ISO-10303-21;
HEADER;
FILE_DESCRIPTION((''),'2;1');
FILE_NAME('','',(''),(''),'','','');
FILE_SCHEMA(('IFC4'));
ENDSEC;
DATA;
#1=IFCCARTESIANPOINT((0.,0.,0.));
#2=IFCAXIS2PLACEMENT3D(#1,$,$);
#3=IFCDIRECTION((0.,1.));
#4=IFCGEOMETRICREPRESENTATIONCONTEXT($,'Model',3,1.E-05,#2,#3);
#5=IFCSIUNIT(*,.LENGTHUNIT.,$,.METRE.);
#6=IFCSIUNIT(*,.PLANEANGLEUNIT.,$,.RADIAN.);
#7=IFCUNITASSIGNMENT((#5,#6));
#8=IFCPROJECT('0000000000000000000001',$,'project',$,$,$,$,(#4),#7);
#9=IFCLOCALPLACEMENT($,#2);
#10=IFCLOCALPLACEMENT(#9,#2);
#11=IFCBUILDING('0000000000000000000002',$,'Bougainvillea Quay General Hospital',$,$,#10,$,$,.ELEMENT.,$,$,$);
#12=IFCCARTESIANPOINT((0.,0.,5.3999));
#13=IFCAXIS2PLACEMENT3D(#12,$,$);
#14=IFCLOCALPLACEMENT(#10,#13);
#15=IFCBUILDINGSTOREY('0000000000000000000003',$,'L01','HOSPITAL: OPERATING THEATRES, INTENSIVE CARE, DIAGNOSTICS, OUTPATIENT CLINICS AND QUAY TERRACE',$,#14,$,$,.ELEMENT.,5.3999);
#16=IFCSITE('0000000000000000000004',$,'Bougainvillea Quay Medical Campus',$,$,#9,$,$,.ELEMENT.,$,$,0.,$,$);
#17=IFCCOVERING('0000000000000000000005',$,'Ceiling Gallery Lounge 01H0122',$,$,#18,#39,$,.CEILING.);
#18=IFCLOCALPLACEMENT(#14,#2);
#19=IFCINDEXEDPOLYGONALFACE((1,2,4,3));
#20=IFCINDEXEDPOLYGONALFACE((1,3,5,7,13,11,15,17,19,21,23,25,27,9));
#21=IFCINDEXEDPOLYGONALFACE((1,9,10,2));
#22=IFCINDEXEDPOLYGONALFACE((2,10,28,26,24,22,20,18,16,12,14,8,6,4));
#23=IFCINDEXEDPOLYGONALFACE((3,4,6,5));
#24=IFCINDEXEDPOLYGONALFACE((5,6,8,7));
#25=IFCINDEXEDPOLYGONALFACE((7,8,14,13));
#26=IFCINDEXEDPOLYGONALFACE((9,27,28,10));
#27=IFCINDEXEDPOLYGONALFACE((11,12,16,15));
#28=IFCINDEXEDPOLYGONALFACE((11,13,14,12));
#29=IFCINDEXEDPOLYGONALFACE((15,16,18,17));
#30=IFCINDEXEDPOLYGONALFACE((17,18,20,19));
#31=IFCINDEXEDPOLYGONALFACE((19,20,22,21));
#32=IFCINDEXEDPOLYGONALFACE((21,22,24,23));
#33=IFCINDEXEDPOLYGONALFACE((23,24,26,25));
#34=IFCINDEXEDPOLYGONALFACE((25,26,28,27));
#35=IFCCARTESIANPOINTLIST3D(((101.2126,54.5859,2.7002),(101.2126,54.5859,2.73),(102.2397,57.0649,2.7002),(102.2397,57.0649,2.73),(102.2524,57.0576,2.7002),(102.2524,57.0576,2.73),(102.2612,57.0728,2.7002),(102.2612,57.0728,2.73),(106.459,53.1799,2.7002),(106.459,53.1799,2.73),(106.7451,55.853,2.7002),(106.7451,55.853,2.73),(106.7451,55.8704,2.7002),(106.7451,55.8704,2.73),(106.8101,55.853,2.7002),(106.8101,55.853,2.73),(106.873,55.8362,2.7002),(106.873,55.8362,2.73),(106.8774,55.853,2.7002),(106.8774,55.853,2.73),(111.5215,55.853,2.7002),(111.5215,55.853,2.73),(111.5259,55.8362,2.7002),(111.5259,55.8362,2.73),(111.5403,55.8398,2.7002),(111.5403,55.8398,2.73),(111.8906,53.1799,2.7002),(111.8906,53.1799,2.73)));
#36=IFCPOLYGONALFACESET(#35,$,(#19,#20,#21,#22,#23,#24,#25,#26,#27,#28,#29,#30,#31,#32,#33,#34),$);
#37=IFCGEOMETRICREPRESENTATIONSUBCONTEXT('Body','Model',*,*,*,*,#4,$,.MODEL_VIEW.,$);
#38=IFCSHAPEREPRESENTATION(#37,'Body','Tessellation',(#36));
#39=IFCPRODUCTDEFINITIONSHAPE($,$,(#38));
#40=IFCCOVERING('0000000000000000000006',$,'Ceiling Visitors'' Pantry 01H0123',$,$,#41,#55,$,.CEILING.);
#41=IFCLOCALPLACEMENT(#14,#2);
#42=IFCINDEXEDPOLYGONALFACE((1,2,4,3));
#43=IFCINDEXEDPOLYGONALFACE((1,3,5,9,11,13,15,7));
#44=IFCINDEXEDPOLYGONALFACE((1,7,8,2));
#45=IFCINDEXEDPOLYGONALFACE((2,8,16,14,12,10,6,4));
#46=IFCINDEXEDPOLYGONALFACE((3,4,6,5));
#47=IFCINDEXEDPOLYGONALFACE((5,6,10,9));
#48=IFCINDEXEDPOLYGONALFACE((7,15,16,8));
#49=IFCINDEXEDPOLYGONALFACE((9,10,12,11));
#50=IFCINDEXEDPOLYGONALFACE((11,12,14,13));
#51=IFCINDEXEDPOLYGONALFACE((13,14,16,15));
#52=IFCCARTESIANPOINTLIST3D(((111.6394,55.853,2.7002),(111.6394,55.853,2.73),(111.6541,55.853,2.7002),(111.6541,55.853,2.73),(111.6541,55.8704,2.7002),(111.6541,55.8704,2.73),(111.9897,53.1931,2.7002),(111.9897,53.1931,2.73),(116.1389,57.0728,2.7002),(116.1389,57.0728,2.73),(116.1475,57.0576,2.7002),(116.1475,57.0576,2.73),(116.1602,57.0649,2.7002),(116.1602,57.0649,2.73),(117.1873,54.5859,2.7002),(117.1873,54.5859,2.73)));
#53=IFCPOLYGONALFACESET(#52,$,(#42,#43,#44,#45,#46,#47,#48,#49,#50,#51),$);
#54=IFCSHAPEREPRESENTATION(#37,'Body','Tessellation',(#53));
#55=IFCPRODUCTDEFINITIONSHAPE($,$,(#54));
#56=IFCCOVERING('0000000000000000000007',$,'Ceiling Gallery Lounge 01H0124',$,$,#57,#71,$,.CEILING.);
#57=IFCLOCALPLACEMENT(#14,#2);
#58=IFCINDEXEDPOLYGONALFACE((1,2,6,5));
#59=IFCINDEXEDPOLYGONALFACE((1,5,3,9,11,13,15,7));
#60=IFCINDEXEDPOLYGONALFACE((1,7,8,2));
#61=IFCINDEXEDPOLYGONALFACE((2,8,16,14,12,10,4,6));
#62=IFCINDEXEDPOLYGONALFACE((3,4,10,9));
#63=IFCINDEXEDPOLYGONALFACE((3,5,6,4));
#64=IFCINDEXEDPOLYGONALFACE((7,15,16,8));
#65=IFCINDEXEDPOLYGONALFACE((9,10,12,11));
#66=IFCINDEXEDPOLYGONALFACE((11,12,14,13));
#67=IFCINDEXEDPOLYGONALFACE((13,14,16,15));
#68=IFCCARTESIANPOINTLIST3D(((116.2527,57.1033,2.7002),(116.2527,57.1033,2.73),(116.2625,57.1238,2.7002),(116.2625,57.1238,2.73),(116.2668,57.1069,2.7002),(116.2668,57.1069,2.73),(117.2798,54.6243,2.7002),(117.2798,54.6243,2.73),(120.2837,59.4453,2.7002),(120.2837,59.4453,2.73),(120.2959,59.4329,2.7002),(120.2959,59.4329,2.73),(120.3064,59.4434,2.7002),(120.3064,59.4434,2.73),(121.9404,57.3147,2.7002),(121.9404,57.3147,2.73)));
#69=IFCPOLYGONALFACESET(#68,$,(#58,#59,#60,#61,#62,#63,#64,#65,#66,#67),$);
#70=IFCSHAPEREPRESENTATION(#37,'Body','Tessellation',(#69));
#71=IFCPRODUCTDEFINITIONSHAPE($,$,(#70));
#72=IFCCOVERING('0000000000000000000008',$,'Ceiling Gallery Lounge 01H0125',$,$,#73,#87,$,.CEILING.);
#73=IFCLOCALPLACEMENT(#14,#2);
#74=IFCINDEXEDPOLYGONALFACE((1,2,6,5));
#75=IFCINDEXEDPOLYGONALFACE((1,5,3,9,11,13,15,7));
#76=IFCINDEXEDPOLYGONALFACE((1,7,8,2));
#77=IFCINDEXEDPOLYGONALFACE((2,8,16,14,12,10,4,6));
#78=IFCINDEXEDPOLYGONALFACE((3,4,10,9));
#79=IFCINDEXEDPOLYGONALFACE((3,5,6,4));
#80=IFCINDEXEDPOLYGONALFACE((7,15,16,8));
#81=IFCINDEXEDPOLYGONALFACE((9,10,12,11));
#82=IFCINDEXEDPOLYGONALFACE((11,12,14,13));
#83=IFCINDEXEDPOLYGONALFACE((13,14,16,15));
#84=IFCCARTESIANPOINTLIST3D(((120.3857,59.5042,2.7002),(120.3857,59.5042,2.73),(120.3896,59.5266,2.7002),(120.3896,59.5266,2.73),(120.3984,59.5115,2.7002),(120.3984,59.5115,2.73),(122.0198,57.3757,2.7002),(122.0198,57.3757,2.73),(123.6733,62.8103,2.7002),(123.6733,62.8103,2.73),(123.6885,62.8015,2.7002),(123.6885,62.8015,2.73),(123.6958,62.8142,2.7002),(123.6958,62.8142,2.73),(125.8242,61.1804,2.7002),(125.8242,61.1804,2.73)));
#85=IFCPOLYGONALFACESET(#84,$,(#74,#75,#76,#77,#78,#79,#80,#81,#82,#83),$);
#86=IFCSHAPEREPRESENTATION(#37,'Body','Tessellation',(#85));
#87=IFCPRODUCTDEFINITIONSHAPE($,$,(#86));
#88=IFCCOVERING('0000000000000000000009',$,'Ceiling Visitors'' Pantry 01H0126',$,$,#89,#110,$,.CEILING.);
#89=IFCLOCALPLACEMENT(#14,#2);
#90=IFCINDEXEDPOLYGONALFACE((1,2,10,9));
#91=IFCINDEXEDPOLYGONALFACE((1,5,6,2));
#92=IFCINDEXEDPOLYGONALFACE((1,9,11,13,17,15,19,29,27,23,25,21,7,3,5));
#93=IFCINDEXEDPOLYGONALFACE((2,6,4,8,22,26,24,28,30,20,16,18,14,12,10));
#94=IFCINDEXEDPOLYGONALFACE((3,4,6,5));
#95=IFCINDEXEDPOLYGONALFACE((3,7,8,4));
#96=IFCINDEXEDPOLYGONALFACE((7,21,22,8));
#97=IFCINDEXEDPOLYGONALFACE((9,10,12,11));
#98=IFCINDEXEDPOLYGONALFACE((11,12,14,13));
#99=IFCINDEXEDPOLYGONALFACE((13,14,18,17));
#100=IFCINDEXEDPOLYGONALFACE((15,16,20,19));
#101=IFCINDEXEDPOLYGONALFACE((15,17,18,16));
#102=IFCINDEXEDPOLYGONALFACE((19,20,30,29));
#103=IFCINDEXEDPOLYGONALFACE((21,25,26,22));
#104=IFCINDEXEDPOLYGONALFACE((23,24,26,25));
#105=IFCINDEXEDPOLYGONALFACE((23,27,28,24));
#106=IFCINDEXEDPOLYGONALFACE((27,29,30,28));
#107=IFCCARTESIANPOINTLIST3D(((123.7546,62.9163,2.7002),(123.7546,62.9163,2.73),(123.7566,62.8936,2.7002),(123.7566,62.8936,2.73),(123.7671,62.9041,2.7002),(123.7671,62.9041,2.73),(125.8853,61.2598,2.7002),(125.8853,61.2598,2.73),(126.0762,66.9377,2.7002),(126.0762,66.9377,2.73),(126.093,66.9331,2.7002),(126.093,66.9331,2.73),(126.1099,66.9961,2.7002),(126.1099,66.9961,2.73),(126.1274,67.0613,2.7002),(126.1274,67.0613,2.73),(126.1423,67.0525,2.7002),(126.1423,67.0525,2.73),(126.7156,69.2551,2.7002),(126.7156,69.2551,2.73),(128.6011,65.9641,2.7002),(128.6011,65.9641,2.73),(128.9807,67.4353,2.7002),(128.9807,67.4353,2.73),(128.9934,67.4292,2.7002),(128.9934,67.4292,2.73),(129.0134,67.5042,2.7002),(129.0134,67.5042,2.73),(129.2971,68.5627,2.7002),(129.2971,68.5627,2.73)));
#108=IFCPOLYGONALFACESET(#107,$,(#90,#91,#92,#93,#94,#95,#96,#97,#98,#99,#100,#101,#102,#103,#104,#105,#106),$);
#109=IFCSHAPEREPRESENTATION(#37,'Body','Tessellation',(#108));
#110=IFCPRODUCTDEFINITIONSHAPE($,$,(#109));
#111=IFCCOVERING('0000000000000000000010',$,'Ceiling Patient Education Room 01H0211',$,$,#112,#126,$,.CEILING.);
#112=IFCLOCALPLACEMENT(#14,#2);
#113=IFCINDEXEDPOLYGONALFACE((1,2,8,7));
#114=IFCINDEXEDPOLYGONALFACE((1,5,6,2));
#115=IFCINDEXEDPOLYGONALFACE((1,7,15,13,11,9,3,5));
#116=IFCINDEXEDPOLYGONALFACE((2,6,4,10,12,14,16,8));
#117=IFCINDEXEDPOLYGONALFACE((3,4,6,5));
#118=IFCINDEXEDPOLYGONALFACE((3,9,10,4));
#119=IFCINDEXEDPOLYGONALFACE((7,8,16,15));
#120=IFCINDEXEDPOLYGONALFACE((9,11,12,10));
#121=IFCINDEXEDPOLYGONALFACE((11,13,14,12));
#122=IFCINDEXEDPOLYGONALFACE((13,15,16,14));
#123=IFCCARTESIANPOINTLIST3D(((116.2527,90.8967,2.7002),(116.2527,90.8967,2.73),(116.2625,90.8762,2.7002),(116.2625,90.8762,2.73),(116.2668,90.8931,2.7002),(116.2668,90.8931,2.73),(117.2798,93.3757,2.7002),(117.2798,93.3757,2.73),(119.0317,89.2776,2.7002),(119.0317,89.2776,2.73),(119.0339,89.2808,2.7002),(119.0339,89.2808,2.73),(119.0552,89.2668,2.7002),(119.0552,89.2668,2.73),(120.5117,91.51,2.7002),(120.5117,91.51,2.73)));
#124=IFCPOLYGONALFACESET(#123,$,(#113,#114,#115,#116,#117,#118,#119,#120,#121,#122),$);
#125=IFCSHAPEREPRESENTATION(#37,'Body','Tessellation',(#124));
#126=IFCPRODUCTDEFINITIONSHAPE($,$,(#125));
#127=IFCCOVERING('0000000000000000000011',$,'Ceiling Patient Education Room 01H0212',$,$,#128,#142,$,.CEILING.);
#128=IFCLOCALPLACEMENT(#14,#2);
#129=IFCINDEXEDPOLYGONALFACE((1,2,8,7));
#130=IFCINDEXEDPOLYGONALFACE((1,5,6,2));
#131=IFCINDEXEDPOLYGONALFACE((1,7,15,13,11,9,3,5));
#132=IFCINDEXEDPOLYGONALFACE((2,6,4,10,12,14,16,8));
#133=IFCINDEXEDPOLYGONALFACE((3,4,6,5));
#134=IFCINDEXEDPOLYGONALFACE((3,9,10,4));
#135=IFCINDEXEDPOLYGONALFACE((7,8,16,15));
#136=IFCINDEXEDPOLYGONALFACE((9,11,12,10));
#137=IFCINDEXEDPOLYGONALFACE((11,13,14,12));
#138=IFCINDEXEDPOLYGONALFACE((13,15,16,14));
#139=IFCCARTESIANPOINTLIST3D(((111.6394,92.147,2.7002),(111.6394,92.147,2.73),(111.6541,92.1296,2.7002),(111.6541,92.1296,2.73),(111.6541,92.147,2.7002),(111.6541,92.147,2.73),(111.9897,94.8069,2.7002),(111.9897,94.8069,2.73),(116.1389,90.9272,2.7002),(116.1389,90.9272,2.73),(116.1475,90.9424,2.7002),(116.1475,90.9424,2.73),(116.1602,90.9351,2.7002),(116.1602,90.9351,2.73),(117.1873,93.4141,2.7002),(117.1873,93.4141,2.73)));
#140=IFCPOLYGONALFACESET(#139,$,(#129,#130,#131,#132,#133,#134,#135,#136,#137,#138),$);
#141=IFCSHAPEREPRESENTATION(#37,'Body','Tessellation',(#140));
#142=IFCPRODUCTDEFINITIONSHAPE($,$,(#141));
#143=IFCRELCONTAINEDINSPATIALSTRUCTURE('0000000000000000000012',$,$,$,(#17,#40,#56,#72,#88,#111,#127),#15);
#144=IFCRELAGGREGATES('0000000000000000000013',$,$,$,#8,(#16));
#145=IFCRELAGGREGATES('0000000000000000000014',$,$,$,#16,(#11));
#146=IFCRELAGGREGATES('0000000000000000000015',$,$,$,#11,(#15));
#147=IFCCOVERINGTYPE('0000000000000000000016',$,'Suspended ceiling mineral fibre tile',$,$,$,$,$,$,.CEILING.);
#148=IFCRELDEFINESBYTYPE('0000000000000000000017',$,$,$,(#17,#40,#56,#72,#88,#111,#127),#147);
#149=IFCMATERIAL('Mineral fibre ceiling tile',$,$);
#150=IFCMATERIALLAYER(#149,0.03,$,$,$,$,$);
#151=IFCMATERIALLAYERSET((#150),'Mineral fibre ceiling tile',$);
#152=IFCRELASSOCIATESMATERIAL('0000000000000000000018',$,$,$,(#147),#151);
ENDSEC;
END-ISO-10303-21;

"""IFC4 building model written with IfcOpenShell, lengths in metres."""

from ifc_helpers import new_model, si_unit, direction, frame, origin, place, context, subcontext, project, spatial, polyline, outline, extrude, material, layer, layer_set, type_object, element, save


model = new_model("IFC4")

# Units and contexts
model_context = context("Model", 3, precision=1e-05, world=origin(), true_north=direction((0.0, 1.0)))
body_context = subcontext(model_context, "Body", "Model", "MODEL_VIEW")
ifc_project = project(units=[si_unit("LENGTHUNIT", "METRE"), si_unit("PLANEANGLEUNIT", "RADIAN")], contexts=[model_context])

# Site, building, storey
site_placement = place(None, origin())
site = spatial("IfcSite", under=ifc_project, at=site_placement, Name="Bougainvillea Quay Medical Campus", CompositionType="ELEMENT", RefElevation=0.0)
building_placement = place(site_placement, origin())
building = spatial("IfcBuilding", under=site, at=building_placement, Name="Bougainvillea Quay General Hospital", CompositionType="ELEMENT")
storey_placement = place(building_placement, frame((0.0, 0.0, 5.3999)))
storey = spatial("IfcBuildingStorey", under=building, at=storey_placement, Name="L01", Description="HOSPITAL: OPERATING THEATRES, INTENSIVE CARE, DIAGNOSTICS, OUTPATIENT CLINICS AND QUAY TERRACE", CompositionType="ELEMENT", Elevation=5.3999)

# Coverings
ifc_material = material(Name="Mineral fibre ceiling tile")
ifc_layer = layer(ifc_material, 0.03)
ifc_layer_set = layer_set([ifc_layer], Name="Mineral fibre ceiling tile")
covering_type = type_object("IfcCoveringType", Name="Suspended ceiling mineral fibre tile", PredefinedType="CEILING", material=ifc_layer_set)
covering_1_placement = place(storey_placement, frame((0.0, 0.0, 2.7002)))
element("IfcCovering", 1, at=covering_1_placement, inside=storey, type_object=covering_type, Name="Ceiling Gallery Lounge 01H0122", PredefinedType="CEILING", context=body_context, shape_type="SweptSolid", body=[
    extrude(outline(polyline([(111.8906, 53.1799), (111.5403, 55.8398), (111.5259, 55.8362), (111.5215, 55.853), (106.8774, 55.853), (106.873, 55.8362), (106.8101, 55.853), (106.7451, 55.853), (106.7451, 55.8704), (102.2612, 57.0728), (102.2524, 57.0576), (102.2397, 57.0649), (101.2126, 54.5859), (106.459, 53.1799), (111.8906, 53.1799)])), origin(), (0.0, 0.0, 1.0), 0.0298),
])
covering_2_placement = place(storey_placement, frame((0.0, 0.0, 2.7002)))
element("IfcCovering", 2, at=covering_2_placement, inside=storey, type_object=covering_type, Name="Ceiling Visitors' Pantry 01H0123", PredefinedType="CEILING", context=body_context, shape_type="SweptSolid", body=[
    extrude(outline(polyline([(117.1873, 54.5859), (116.1602, 57.0649), (116.1475, 57.0576), (116.1389, 57.0728), (111.6541, 55.8704), (111.6541, 55.853), (111.6394, 55.853), (111.9897, 53.1931), (117.1873, 54.5859)])), origin(), (0.0, 0.0, 1.0), 0.0298),
])
covering_3_placement = place(storey_placement, frame((0.0, 0.0, 2.7002)))
element("IfcCovering", 3, at=covering_3_placement, inside=storey, type_object=covering_type, Name="Ceiling Gallery Lounge 01H0124", PredefinedType="CEILING", context=body_context, shape_type="SweptSolid", body=[
    extrude(outline(polyline([(121.9404, 57.3147), (120.3064, 59.4434), (120.2959, 59.4329), (120.2837, 59.4453), (116.2625, 57.1238), (116.2668, 57.1069), (116.2527, 57.1033), (117.2798, 54.6243), (121.9404, 57.3147)])), origin(), (0.0, 0.0, 1.0), 0.0298),
])
covering_4_placement = place(storey_placement, frame((0.0, 0.0, 2.7002)))
element("IfcCovering", 4, at=covering_4_placement, inside=storey, type_object=covering_type, Name="Ceiling Gallery Lounge 01H0125", PredefinedType="CEILING", context=body_context, shape_type="SweptSolid", body=[
    extrude(outline(polyline([(125.8242, 61.1804), (123.6958, 62.8142), (123.6885, 62.8015), (123.6733, 62.8103), (120.3896, 59.5266), (120.3984, 59.5115), (120.3857, 59.5042), (122.0198, 57.3757), (125.8242, 61.1804)])), origin(), (0.0, 0.0, 1.0), 0.0298),
])
covering_5_placement = place(storey_placement, frame((0.0, 0.0, 2.7002)))
element("IfcCovering", 5, at=covering_5_placement, inside=storey, type_object=covering_type, Name="Ceiling Visitors' Pantry 01H0126", PredefinedType="CEILING", context=body_context, shape_type="SweptSolid", body=[
    extrude(outline(polyline([(129.3101, 68.6111), (129.2971, 68.5627), (126.7156, 69.2551), (126.1274, 67.0613), (126.1423, 67.0525), (126.1099, 66.9961), (126.093, 66.9331), (126.0762, 66.9377), (123.7546, 62.9163), (123.7671, 62.9041), (123.7566, 62.8936), (125.8853, 61.2598), (128.6011, 65.9641), (128.9934, 67.4292), (128.9807, 67.4353), (129.0134, 67.5042), (129.3101, 68.6111)])), origin(), (0.0, 0.0, 1.0), 0.0298),
])
covering_6_placement = place(storey_placement, frame((0.0, 0.0, 2.7002)))
element("IfcCovering", 6, at=covering_6_placement, inside=storey, type_object=covering_type, Name="Ceiling Patient Education Room 01H0211", PredefinedType="CEILING", context=body_context, shape_type="SweptSolid", body=[
    extrude(outline(polyline([(117.2798, 93.3757), (116.2527, 90.8967), (116.2668, 90.8931), (116.2625, 90.8762), (119.0317, 89.2776), (119.0339, 89.2808), (119.0552, 89.2668), (120.5117, 91.51), (117.2798, 93.3757)])), origin(), (0.0, 0.0, 1.0), 0.0298),
])
covering_7_placement = place(storey_placement, frame((0.0, 0.0, 2.7002)))
element("IfcCovering", 7, at=covering_7_placement, inside=storey, type_object=covering_type, Name="Ceiling Patient Education Room 01H0212", PredefinedType="CEILING", context=body_context, shape_type="SweptSolid", body=[
    extrude(outline(polyline([(111.9897, 94.8069), (111.6394, 92.147), (111.6541, 92.147), (111.6541, 92.1296), (116.1389, 90.9272), (116.1475, 90.9424), (116.1602, 90.9351), (117.1873, 93.4141), (111.9897, 94.8069)])), origin(), (0.0, 0.0, 1.0), 0.0298),
])

save(model, "model.ifc")
